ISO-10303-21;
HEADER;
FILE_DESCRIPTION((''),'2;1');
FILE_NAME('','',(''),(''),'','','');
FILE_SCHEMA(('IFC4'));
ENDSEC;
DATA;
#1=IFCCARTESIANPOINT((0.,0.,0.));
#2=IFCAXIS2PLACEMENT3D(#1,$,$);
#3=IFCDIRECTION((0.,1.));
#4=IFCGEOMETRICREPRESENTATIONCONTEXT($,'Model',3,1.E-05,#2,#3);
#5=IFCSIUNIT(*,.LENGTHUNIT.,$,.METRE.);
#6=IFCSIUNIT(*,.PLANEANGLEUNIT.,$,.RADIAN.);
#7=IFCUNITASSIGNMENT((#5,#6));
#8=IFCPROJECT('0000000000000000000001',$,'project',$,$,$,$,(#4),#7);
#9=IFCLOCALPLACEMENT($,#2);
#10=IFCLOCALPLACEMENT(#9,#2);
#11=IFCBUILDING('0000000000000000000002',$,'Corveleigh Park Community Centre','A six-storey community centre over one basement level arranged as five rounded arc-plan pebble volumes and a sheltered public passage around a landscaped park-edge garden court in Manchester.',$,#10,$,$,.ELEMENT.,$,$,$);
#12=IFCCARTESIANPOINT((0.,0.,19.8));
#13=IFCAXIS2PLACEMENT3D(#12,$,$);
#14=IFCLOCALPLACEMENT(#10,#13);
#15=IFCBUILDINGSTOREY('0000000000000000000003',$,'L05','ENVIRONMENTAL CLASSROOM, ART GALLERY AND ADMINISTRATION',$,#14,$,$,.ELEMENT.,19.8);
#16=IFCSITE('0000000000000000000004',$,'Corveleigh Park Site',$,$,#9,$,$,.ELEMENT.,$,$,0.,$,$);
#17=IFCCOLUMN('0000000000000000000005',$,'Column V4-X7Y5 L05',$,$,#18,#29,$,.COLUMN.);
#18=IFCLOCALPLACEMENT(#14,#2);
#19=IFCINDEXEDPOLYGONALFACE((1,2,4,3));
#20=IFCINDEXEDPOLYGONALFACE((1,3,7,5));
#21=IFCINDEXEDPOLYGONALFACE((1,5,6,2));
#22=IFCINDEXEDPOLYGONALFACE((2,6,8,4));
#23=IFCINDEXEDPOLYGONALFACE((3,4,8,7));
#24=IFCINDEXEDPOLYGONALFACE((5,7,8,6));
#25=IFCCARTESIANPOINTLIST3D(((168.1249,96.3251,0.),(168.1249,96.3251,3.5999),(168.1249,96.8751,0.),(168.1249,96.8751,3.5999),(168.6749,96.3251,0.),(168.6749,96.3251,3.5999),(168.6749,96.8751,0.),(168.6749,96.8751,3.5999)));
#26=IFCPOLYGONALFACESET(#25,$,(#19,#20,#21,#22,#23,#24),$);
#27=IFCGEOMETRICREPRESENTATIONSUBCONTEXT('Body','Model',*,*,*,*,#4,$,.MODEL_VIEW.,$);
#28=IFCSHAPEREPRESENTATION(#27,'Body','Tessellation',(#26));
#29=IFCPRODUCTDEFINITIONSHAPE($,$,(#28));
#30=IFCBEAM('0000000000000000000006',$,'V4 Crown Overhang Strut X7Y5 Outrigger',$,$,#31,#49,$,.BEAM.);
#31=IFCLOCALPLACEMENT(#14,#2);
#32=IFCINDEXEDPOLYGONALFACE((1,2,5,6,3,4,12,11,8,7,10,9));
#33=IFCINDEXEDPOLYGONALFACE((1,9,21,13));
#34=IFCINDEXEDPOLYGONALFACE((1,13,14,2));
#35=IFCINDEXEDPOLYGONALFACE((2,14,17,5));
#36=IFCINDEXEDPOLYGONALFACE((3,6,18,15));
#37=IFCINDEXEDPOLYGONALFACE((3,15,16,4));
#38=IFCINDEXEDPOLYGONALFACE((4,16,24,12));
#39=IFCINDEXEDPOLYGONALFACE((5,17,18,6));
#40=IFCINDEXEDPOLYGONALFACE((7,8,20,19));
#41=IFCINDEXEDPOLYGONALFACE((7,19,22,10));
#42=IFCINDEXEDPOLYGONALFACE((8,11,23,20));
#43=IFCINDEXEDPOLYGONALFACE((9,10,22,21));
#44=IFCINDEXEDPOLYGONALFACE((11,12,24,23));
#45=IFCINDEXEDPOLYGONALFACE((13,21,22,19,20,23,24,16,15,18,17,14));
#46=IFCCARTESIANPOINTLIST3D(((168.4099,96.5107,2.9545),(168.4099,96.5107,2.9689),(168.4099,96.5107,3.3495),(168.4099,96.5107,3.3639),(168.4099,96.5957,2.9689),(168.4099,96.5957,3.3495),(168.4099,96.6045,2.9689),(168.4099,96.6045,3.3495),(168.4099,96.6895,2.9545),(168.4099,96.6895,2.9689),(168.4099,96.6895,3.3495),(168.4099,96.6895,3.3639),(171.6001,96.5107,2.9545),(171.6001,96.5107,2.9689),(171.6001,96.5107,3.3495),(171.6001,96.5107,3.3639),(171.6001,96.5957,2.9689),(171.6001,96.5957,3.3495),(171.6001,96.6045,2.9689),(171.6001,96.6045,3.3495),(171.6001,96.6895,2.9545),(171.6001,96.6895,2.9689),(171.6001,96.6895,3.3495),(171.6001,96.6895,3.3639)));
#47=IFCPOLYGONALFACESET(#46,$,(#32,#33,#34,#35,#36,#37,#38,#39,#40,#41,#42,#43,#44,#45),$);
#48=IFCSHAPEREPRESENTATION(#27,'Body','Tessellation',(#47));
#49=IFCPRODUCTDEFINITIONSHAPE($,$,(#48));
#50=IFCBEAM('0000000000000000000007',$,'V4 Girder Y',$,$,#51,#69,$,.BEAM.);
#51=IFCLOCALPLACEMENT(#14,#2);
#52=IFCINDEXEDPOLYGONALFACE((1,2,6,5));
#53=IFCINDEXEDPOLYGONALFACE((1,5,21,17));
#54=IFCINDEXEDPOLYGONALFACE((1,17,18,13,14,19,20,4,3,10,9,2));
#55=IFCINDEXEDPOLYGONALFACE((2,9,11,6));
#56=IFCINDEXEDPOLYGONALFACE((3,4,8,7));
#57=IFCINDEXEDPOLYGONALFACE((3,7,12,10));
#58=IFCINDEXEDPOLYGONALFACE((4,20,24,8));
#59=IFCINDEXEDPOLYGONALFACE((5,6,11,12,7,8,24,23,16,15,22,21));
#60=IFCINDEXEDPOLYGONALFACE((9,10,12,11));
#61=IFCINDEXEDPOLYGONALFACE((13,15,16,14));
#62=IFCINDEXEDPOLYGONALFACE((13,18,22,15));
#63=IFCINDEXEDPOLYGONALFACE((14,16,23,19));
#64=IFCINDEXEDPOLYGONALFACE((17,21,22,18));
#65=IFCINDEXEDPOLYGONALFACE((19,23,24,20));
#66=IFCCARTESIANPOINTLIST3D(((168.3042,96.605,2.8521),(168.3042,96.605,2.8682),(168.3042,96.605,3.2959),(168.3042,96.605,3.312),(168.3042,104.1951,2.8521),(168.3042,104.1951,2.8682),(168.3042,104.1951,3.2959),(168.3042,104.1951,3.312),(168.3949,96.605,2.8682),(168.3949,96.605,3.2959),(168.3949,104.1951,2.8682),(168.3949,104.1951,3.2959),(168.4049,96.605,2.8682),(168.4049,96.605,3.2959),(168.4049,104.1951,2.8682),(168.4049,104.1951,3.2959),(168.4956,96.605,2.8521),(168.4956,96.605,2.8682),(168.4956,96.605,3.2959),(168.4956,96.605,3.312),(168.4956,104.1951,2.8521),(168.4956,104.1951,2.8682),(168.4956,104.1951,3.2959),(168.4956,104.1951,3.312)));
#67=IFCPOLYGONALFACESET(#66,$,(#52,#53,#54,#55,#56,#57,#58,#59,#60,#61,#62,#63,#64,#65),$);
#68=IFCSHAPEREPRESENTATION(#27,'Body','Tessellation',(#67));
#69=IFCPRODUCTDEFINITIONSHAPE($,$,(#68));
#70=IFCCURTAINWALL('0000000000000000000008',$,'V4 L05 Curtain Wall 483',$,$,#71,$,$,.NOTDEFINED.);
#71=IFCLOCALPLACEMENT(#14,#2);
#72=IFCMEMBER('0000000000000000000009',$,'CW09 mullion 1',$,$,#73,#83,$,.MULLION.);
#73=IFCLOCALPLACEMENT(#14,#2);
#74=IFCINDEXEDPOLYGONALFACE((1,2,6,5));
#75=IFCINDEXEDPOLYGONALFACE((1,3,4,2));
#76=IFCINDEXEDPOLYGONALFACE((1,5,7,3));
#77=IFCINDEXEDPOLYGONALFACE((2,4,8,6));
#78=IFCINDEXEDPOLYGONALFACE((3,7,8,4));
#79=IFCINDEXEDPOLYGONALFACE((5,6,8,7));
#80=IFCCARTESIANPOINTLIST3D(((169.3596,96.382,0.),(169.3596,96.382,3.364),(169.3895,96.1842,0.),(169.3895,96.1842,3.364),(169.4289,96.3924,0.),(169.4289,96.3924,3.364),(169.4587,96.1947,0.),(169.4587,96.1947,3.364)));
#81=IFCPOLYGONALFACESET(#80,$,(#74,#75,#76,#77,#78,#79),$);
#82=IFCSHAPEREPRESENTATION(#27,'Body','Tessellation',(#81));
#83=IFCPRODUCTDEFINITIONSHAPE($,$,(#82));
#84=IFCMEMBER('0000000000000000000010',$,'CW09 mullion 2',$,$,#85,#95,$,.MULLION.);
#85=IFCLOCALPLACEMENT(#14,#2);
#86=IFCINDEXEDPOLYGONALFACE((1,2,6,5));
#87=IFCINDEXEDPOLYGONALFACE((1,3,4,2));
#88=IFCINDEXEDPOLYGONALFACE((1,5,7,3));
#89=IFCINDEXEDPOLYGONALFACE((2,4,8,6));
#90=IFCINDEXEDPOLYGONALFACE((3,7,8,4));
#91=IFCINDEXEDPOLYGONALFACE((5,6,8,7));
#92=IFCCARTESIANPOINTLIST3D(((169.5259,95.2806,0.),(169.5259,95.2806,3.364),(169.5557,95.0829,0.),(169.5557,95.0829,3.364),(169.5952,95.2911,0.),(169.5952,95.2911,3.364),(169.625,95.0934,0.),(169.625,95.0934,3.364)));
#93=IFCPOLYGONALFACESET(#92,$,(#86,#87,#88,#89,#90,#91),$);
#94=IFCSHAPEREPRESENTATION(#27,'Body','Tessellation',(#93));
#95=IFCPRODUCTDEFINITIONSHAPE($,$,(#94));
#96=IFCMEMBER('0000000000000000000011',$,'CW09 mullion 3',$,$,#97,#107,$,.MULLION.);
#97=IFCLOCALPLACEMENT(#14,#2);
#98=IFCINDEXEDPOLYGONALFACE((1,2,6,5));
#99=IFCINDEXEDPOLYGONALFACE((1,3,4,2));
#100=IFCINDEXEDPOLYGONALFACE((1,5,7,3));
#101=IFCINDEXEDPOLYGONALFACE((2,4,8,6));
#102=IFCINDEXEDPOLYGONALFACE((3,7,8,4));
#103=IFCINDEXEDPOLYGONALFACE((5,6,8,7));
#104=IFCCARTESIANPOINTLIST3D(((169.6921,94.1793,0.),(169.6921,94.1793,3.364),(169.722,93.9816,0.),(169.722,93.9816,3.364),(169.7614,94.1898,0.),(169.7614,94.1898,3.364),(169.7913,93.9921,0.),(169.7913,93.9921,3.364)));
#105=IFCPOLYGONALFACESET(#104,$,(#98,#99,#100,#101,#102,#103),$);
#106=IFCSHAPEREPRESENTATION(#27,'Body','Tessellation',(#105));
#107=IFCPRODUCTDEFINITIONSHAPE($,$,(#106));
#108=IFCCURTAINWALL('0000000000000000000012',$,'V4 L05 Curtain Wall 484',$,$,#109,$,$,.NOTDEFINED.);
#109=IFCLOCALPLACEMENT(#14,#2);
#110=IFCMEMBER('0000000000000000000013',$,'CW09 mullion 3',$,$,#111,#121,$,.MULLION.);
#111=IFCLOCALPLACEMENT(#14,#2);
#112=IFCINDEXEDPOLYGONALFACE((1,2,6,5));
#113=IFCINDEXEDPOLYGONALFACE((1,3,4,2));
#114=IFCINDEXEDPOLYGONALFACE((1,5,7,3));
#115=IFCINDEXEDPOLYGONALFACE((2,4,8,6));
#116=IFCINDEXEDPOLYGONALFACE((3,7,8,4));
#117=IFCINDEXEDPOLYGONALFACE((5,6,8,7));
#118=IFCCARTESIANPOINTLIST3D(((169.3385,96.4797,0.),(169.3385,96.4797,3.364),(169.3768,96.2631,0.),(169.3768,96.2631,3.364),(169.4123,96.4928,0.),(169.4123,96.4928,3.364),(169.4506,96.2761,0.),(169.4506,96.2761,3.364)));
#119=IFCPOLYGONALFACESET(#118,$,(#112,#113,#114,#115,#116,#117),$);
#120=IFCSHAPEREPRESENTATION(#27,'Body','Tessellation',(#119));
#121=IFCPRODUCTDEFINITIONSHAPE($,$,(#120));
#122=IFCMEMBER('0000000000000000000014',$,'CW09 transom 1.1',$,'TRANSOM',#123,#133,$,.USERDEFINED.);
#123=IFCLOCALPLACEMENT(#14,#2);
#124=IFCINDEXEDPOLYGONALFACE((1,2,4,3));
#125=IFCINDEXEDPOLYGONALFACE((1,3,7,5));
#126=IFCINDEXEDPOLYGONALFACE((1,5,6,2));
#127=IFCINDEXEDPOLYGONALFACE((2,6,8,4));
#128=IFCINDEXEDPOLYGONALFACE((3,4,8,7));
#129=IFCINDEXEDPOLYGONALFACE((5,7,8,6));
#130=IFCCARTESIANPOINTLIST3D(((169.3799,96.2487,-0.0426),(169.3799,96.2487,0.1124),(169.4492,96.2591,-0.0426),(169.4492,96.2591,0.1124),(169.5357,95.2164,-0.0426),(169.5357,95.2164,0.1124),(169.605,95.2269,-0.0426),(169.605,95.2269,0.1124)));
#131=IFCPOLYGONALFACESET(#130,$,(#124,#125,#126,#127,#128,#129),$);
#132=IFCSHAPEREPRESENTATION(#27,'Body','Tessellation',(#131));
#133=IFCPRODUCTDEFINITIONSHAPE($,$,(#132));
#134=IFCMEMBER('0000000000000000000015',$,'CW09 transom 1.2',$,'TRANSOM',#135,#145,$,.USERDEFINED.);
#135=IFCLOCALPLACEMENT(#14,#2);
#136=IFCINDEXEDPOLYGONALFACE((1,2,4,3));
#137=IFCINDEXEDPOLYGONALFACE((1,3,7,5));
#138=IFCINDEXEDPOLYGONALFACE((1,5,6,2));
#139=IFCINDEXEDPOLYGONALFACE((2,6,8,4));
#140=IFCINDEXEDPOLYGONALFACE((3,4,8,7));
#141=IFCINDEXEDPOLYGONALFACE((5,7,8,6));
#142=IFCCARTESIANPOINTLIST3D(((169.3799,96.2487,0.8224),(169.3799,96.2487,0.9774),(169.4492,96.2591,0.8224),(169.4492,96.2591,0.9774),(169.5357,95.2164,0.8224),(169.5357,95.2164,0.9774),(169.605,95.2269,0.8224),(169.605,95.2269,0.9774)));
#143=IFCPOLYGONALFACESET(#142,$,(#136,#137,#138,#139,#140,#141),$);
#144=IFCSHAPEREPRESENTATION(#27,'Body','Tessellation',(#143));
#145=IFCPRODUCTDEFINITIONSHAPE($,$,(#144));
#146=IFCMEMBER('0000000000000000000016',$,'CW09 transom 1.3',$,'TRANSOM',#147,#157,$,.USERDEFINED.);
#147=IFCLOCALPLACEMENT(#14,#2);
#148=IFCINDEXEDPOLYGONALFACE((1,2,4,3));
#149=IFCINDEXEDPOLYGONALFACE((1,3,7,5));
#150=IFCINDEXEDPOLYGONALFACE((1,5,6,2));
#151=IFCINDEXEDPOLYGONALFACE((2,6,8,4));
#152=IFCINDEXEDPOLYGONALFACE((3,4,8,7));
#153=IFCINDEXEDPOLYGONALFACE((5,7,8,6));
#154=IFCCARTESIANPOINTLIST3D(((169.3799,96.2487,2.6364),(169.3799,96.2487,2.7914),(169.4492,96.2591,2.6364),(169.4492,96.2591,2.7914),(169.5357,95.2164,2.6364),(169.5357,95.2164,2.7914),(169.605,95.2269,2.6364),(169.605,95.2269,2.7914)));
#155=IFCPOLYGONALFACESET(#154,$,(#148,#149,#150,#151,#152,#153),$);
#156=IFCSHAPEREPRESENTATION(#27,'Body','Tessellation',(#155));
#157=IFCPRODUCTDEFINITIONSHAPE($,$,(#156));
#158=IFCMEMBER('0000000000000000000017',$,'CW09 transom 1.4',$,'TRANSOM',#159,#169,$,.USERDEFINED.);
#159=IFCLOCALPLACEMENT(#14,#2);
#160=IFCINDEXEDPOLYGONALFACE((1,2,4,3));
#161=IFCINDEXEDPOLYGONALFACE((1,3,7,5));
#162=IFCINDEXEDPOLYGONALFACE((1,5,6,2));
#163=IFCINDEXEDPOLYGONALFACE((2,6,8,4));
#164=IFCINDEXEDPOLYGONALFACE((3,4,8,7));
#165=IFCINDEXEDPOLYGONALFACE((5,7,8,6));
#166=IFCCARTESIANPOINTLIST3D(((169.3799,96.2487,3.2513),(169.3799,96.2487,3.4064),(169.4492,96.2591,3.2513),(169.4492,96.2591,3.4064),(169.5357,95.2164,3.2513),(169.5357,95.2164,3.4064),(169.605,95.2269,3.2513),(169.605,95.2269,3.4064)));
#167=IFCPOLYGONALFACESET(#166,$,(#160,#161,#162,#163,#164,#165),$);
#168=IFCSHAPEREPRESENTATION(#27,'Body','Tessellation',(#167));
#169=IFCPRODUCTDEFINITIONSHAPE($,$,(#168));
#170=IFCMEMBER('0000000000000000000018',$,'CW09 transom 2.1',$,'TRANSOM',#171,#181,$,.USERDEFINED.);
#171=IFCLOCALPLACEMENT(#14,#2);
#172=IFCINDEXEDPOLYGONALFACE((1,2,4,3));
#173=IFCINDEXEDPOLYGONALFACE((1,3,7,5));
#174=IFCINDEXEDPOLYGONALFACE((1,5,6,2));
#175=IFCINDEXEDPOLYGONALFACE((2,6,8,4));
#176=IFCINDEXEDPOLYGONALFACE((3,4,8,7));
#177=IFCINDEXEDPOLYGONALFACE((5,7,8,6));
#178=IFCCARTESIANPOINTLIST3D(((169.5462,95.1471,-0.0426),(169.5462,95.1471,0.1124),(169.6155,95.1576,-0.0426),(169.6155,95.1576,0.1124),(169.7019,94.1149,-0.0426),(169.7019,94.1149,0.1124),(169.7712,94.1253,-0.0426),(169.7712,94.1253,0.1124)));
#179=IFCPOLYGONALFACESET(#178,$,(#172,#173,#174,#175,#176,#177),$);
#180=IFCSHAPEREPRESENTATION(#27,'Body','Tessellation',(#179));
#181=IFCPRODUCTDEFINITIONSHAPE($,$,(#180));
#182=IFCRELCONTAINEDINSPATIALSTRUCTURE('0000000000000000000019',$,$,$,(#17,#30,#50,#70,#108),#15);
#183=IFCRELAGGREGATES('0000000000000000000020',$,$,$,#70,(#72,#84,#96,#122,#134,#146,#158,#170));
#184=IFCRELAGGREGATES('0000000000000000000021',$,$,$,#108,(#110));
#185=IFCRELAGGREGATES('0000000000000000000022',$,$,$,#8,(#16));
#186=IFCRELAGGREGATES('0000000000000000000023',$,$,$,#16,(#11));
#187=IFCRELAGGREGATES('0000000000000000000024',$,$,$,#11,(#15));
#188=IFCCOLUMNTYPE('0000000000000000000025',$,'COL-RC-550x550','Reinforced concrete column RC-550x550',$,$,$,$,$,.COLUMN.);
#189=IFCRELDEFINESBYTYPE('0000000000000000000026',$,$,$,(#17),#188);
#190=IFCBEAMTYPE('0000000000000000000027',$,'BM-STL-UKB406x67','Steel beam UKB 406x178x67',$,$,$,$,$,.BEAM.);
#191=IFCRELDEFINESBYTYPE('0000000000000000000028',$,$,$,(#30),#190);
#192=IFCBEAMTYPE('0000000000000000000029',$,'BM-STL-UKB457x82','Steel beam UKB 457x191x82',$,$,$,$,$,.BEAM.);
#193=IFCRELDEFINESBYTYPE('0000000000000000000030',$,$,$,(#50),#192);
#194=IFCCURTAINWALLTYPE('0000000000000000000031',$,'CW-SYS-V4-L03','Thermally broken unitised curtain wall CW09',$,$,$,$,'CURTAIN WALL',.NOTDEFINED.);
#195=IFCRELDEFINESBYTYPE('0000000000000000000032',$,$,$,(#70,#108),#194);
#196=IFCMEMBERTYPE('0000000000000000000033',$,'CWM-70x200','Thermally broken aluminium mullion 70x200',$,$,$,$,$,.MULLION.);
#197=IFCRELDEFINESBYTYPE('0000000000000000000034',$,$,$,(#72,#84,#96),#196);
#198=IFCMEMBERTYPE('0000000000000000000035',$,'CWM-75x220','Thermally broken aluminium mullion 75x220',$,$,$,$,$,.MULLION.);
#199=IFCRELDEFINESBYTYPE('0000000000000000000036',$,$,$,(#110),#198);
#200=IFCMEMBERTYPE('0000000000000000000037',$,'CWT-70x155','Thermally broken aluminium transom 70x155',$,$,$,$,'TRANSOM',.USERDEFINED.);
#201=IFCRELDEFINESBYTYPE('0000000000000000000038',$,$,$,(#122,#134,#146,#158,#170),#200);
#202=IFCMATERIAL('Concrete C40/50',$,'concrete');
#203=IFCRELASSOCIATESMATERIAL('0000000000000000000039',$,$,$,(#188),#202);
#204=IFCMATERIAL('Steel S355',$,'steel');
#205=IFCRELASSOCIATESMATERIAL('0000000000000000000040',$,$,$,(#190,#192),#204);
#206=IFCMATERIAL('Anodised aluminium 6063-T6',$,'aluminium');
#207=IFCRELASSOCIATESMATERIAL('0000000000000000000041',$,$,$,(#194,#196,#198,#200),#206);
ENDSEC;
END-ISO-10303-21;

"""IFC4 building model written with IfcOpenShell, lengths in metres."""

from ifc_helpers import new_model, si_unit, direction, frame, origin, origin_2d, place, context, subcontext, project, spatial, rectangle, i_section, extrude, material, material_profile, profile_set, type_object, element, aggregate, save


model = new_model("IFC4")

# Units and contexts
model_context = context("Model", 3, precision=1e-05, world=origin(), true_north=direction((0.0, 1.0)))
body_context = subcontext(model_context, "Body", "Model", "MODEL_VIEW")
ifc_project = project(units=[si_unit("LENGTHUNIT", "METRE"), si_unit("PLANEANGLEUNIT", "RADIAN")], contexts=[model_context])

# Site, building, storey
site_placement = place(None, origin())
site = spatial("IfcSite", under=ifc_project, at=site_placement, Name="Corveleigh Park Site", CompositionType="ELEMENT", RefElevation=0.0)
building_placement = place(site_placement, origin())
building = spatial("IfcBuilding", under=site, at=building_placement, Name="Corveleigh Park Community Centre", Description="A six-storey community centre over one basement level arranged as five rounded arc-plan pebble volumes and a sheltered public passage around a landscaped park-edge garden court in Manchester.", CompositionType="ELEMENT")
storey_placement = place(building_placement, frame((0.0, 0.0, 19.8)))
storey = spatial("IfcBuildingStorey", under=building, at=storey_placement, Name="L05", Description="ENVIRONMENTAL CLASSROOM, ART GALLERY AND ADMINISTRATION", CompositionType="ELEMENT", Elevation=19.8)

# Column
ifc_material_1 = material(Name="Concrete C40/50", Category="concrete")
ifc_material_profile_1 = material_profile(ifc_material_1, rectangle(XDim=0.55, YDim=0.55, at=origin_2d()), Name="RC-550x550", Category="concrete")
ifc_profile_set_1 = profile_set([ifc_material_profile_1], Name="Concrete C40/50")
column_type = type_object("IfcColumnType", Name="COL-RC-550x550", Description="Reinforced concrete column RC-550x550", PredefinedType="COLUMN", material=ifc_profile_set_1)
column_placement = place(storey_placement, frame((168.3999, 96.6001, 0.0), z_axis=(0.0, 0.0, 1.0), x_axis=(1.0, 0.0, 0.0)))
element("IfcColumn", 1, at=column_placement, inside=storey, type_object=column_type, Name="Column V4-X7Y5 L05", PredefinedType="COLUMN", context=body_context, shape_type="SweptSolid", body=[
    extrude(rectangle(XDim=0.55, YDim=0.55, at=origin_2d()), origin(), (0.0, 0.0, 1.0), 3.5999),
])

# Beams
ifc_material_2 = material(Name="Steel S355", Category="steel")
ifc_material_profile_2 = material_profile(ifc_material_2, i_section(OverallWidth=0.1787, OverallDepth=0.4094, WebThickness=0.0088, FlangeThickness=0.0144, at=origin_2d()), Name="UKB 406x178x67", Category="steel")
ifc_profile_set_2 = profile_set([ifc_material_profile_2], Name="Steel S355")
beam_type_1 = type_object("IfcBeamType", Name="BM-STL-UKB406x67", Description="Steel beam UKB 406x178x67", PredefinedType="BEAM", material=ifc_profile_set_2)
beam_1_placement = place(storey_placement, frame((168.4099, 96.6001, 3.1592), z_axis=(1.0, 0.0, 0.0), x_axis=(0.0, 1.0, 0.0)))
element("IfcBeam", 2, at=beam_1_placement, inside=storey, type_object=beam_type_1, Name="V4 Crown Overhang Strut X7Y5 Outrigger", PredefinedType="BEAM", context=body_context, shape_type="SweptSolid", body=[
    extrude(i_section(OverallWidth=0.1787, OverallDepth=0.4094, WebThickness=0.0088, FlangeThickness=0.0144, at=origin_2d()), origin(), (0.0, 0.0, 1.0), 3.1902),
])
ifc_material_profile_3 = material_profile(ifc_material_2, i_section(OverallWidth=0.1914, OverallDepth=0.46, WebThickness=0.01, FlangeThickness=0.0161, at=origin_2d()), Name="UKB 457x191x82", Category="steel")
ifc_profile_set_3 = profile_set([ifc_material_profile_3], Name="Steel S355")
beam_type_2 = type_object("IfcBeamType", Name="BM-STL-UKB457x82", Description="Steel beam UKB 457x191x82", PredefinedType="BEAM", material=ifc_profile_set_3)
beam_2_placement = place(storey_placement, frame((168.3999, 96.605, 3.082), z_axis=(0.0, 1.0, 0.0), x_axis=(-1.0, 0.0, 0.0)))
element("IfcBeam", 3, at=beam_2_placement, inside=storey, type_object=beam_type_2, Name="V4 Girder Y", PredefinedType="BEAM", context=body_context, shape_type="SweptSolid", body=[
    extrude(i_section(OverallWidth=0.1914, OverallDepth=0.46, WebThickness=0.01, FlangeThickness=0.0161, at=origin_2d()), origin(), (0.0, 0.0, 1.0), 7.5901),
])

# Curtain wall, members
ifc_material_3 = material(Name="Anodised aluminium 6063-T6", Category="aluminium")
curtain_wall_type = type_object("IfcCurtainWallType", Name="CW-SYS-V4-L03", Description="Thermally broken unitised curtain wall CW09", ElementType="CURTAIN WALL", PredefinedType="NOTDEFINED", material=ifc_material_3)
curtain_wall_1_placement = place(storey_placement, origin())
curtain_wall_1 = element("IfcCurtainWall", 4, at=curtain_wall_1_placement, inside=storey, type_object=curtain_wall_type, Name="V4 L05 Curtain Wall 483", PredefinedType="NOTDEFINED")
ifc_material_profile_4 = material_profile(ifc_material_3, rectangle(XDim=0.0701, YDim=0.2, at=origin_2d()), Name="ALU-M70x200", Category="aluminium")
ifc_profile_set_4 = profile_set([ifc_material_profile_4], Name="Anodised aluminium 6063-T6")
member_type_1 = type_object("IfcMemberType", Name="CWM-70x200", Description="Thermally broken aluminium mullion 70x200", PredefinedType="MULLION", material=ifc_profile_set_4)
member_1_placement = place(storey_placement, frame((169.4092, 96.2883, 0.0), z_axis=(0.0, 0.0, 1.0), x_axis=(0.988795, 0.149277, 0.0)))
member_1 = element("IfcMember", 5, at=member_1_placement, type_object=member_type_1, Name="CW09 mullion 1", PredefinedType="MULLION", context=body_context, shape_type="SweptSolid", body=[
    extrude(rectangle(XDim=0.0701, YDim=0.2, at=origin_2d()), origin(), (0.0, 0.0, 1.0), 3.364),
])
member_2_placement = place(storey_placement, frame((169.5754, 95.187, 0.0), z_axis=(0.0, 0.0, 1.0), x_axis=(0.988795, 0.149277, 0.0)))
member_2 = element("IfcMember", 6, at=member_2_placement, type_object=member_type_1, Name="CW09 mullion 2", PredefinedType="MULLION", context=body_context, shape_type="SweptSolid", body=[
    extrude(rectangle(XDim=0.0701, YDim=0.2, at=origin_2d()), origin(), (0.0, 0.0, 1.0), 3.364),
])
member_3_placement = place(storey_placement, frame((169.7417, 94.0857, 0.0), z_axis=(0.0, 0.0, 1.0), x_axis=(0.988795, 0.149277, 0.0)))
member_3 = element("IfcMember", 7, at=member_3_placement, type_object=member_type_1, Name="CW09 mullion 3", PredefinedType="MULLION", context=body_context, shape_type="SweptSolid", body=[
    extrude(rectangle(XDim=0.0701, YDim=0.2, at=origin_2d()), origin(), (0.0, 0.0, 1.0), 3.364),
])

# Curtain wall, member
curtain_wall_2_placement = place(storey_placement, origin())
curtain_wall_2 = element("IfcCurtainWall", 8, at=curtain_wall_2_placement, inside=storey, type_object=curtain_wall_type, Name="V4 L05 Curtain Wall 484", PredefinedType="NOTDEFINED")
ifc_material_profile_5 = material_profile(ifc_material_3, rectangle(XDim=0.075, YDim=0.22, at=origin_2d()), Name="ALU-M75x220", Category="aluminium")
ifc_profile_set_5 = profile_set([ifc_material_profile_5], Name="Anodised aluminium 6063-T6")
member_type_2 = type_object("IfcMemberType", Name="CWM-75x220", Description="Thermally broken aluminium mullion 75x220", PredefinedType="MULLION", material=ifc_profile_set_5)
member_4_placement = place(storey_placement, frame((169.3945, 96.3779, 0.0), z_axis=(0.0, 0.0, 1.0), x_axis=(0.984735, 0.174058, 0.0)))
member_4 = element("IfcMember", 9, at=member_4_placement, type_object=member_type_2, Name="CW09 mullion 3", PredefinedType="MULLION", context=body_context, shape_type="SweptSolid", body=[
    extrude(rectangle(XDim=0.075, YDim=0.22, at=origin_2d()), origin(), (0.0, 0.0, 1.0), 3.364),
])

# Members
ifc_material_profile_6 = material_profile(ifc_material_3, rectangle(XDim=0.0701, YDim=0.155, at=origin_2d()), Name="ALU-T70x155", Category="aluminium")
ifc_profile_set_6 = profile_set([ifc_material_profile_6], Name="Anodised aluminium 6063-T6")
member_type_3 = type_object("IfcMemberType", Name="CWT-70x155", Description="Thermally broken aluminium transom 70x155", ElementType="TRANSOM", PredefinedType="USERDEFINED", material=ifc_profile_set_6)
member_5_placement = place(storey_placement, frame((169.4146, 96.2539, 0.0349), z_axis=(0.14921, -0.988806, 0.0), x_axis=(0.988806, 0.14921, 0.0)))
member_5 = element("IfcMember", 10, at=member_5_placement, type_object=member_type_3, Name="CW09 transom 1.1", ObjectType="TRANSOM", PredefinedType="USERDEFINED", context=body_context, shape_type="SweptSolid", body=[
    extrude(rectangle(XDim=0.0701, YDim=0.155, at=origin_2d()), origin(), (0.0, 0.0, 1.0), 1.0439),
])
member_6_placement = place(storey_placement, frame((169.4146, 96.2539, 0.8999), z_axis=(0.14921, -0.988806, 0.0), x_axis=(0.988806, 0.14921, 0.0)))
member_6 = element("IfcMember", 11, at=member_6_placement, type_object=member_type_3, Name="CW09 transom 1.2", ObjectType="TRANSOM", PredefinedType="USERDEFINED", context=body_context, shape_type="SweptSolid", body=[
    extrude(rectangle(XDim=0.0701, YDim=0.155, at=origin_2d()), origin(), (0.0, 0.0, 1.0), 1.0439),
])
member_7_placement = place(storey_placement, frame((169.4146, 96.2539, 2.7139), z_axis=(0.14921, -0.988806, 0.0), x_axis=(0.988806, 0.14921, 0.0)))
member_7 = element("IfcMember", 12, at=member_7_placement, type_object=member_type_3, Name="CW09 transom 1.3", ObjectType="TRANSOM", PredefinedType="USERDEFINED", context=body_context, shape_type="SweptSolid", body=[
    extrude(rectangle(XDim=0.0701, YDim=0.155, at=origin_2d()), origin(), (0.0, 0.0, 1.0), 1.0439),
])
member_8_placement = place(storey_placement, frame((169.4146, 96.2539, 3.3289), z_axis=(0.14921, -0.988806, 0.0), x_axis=(0.988806, 0.14921, 0.0)))
member_8 = element("IfcMember", 13, at=member_8_placement, type_object=member_type_3, Name="CW09 transom 1.4", ObjectType="TRANSOM", PredefinedType="USERDEFINED", context=body_context, shape_type="SweptSolid", body=[
    extrude(rectangle(XDim=0.0701, YDim=0.155, at=origin_2d()), origin(), (0.0, 0.0, 1.0), 1.0439),
])
member_9_placement = place(storey_placement, frame((169.5808, 95.1523, 0.0349), z_axis=(0.14921, -0.988806, 0.0), x_axis=(0.988806, 0.14921, 0.0)))
member_9 = element("IfcMember", 14, at=member_9_placement, type_object=member_type_3, Name="CW09 transom 2.1", ObjectType="TRANSOM", PredefinedType="USERDEFINED", context=body_context, shape_type="SweptSolid", body=[
    extrude(rectangle(XDim=0.0701, YDim=0.155, at=origin_2d()), origin(), (0.0, 0.0, 1.0), 1.0439),
])

aggregate(curtain_wall_1, [member_1, member_2, member_3, member_5, member_6, member_7, member_8, member_9])
aggregate(curtain_wall_2, [member_4])

save(model, "model.ifc")
